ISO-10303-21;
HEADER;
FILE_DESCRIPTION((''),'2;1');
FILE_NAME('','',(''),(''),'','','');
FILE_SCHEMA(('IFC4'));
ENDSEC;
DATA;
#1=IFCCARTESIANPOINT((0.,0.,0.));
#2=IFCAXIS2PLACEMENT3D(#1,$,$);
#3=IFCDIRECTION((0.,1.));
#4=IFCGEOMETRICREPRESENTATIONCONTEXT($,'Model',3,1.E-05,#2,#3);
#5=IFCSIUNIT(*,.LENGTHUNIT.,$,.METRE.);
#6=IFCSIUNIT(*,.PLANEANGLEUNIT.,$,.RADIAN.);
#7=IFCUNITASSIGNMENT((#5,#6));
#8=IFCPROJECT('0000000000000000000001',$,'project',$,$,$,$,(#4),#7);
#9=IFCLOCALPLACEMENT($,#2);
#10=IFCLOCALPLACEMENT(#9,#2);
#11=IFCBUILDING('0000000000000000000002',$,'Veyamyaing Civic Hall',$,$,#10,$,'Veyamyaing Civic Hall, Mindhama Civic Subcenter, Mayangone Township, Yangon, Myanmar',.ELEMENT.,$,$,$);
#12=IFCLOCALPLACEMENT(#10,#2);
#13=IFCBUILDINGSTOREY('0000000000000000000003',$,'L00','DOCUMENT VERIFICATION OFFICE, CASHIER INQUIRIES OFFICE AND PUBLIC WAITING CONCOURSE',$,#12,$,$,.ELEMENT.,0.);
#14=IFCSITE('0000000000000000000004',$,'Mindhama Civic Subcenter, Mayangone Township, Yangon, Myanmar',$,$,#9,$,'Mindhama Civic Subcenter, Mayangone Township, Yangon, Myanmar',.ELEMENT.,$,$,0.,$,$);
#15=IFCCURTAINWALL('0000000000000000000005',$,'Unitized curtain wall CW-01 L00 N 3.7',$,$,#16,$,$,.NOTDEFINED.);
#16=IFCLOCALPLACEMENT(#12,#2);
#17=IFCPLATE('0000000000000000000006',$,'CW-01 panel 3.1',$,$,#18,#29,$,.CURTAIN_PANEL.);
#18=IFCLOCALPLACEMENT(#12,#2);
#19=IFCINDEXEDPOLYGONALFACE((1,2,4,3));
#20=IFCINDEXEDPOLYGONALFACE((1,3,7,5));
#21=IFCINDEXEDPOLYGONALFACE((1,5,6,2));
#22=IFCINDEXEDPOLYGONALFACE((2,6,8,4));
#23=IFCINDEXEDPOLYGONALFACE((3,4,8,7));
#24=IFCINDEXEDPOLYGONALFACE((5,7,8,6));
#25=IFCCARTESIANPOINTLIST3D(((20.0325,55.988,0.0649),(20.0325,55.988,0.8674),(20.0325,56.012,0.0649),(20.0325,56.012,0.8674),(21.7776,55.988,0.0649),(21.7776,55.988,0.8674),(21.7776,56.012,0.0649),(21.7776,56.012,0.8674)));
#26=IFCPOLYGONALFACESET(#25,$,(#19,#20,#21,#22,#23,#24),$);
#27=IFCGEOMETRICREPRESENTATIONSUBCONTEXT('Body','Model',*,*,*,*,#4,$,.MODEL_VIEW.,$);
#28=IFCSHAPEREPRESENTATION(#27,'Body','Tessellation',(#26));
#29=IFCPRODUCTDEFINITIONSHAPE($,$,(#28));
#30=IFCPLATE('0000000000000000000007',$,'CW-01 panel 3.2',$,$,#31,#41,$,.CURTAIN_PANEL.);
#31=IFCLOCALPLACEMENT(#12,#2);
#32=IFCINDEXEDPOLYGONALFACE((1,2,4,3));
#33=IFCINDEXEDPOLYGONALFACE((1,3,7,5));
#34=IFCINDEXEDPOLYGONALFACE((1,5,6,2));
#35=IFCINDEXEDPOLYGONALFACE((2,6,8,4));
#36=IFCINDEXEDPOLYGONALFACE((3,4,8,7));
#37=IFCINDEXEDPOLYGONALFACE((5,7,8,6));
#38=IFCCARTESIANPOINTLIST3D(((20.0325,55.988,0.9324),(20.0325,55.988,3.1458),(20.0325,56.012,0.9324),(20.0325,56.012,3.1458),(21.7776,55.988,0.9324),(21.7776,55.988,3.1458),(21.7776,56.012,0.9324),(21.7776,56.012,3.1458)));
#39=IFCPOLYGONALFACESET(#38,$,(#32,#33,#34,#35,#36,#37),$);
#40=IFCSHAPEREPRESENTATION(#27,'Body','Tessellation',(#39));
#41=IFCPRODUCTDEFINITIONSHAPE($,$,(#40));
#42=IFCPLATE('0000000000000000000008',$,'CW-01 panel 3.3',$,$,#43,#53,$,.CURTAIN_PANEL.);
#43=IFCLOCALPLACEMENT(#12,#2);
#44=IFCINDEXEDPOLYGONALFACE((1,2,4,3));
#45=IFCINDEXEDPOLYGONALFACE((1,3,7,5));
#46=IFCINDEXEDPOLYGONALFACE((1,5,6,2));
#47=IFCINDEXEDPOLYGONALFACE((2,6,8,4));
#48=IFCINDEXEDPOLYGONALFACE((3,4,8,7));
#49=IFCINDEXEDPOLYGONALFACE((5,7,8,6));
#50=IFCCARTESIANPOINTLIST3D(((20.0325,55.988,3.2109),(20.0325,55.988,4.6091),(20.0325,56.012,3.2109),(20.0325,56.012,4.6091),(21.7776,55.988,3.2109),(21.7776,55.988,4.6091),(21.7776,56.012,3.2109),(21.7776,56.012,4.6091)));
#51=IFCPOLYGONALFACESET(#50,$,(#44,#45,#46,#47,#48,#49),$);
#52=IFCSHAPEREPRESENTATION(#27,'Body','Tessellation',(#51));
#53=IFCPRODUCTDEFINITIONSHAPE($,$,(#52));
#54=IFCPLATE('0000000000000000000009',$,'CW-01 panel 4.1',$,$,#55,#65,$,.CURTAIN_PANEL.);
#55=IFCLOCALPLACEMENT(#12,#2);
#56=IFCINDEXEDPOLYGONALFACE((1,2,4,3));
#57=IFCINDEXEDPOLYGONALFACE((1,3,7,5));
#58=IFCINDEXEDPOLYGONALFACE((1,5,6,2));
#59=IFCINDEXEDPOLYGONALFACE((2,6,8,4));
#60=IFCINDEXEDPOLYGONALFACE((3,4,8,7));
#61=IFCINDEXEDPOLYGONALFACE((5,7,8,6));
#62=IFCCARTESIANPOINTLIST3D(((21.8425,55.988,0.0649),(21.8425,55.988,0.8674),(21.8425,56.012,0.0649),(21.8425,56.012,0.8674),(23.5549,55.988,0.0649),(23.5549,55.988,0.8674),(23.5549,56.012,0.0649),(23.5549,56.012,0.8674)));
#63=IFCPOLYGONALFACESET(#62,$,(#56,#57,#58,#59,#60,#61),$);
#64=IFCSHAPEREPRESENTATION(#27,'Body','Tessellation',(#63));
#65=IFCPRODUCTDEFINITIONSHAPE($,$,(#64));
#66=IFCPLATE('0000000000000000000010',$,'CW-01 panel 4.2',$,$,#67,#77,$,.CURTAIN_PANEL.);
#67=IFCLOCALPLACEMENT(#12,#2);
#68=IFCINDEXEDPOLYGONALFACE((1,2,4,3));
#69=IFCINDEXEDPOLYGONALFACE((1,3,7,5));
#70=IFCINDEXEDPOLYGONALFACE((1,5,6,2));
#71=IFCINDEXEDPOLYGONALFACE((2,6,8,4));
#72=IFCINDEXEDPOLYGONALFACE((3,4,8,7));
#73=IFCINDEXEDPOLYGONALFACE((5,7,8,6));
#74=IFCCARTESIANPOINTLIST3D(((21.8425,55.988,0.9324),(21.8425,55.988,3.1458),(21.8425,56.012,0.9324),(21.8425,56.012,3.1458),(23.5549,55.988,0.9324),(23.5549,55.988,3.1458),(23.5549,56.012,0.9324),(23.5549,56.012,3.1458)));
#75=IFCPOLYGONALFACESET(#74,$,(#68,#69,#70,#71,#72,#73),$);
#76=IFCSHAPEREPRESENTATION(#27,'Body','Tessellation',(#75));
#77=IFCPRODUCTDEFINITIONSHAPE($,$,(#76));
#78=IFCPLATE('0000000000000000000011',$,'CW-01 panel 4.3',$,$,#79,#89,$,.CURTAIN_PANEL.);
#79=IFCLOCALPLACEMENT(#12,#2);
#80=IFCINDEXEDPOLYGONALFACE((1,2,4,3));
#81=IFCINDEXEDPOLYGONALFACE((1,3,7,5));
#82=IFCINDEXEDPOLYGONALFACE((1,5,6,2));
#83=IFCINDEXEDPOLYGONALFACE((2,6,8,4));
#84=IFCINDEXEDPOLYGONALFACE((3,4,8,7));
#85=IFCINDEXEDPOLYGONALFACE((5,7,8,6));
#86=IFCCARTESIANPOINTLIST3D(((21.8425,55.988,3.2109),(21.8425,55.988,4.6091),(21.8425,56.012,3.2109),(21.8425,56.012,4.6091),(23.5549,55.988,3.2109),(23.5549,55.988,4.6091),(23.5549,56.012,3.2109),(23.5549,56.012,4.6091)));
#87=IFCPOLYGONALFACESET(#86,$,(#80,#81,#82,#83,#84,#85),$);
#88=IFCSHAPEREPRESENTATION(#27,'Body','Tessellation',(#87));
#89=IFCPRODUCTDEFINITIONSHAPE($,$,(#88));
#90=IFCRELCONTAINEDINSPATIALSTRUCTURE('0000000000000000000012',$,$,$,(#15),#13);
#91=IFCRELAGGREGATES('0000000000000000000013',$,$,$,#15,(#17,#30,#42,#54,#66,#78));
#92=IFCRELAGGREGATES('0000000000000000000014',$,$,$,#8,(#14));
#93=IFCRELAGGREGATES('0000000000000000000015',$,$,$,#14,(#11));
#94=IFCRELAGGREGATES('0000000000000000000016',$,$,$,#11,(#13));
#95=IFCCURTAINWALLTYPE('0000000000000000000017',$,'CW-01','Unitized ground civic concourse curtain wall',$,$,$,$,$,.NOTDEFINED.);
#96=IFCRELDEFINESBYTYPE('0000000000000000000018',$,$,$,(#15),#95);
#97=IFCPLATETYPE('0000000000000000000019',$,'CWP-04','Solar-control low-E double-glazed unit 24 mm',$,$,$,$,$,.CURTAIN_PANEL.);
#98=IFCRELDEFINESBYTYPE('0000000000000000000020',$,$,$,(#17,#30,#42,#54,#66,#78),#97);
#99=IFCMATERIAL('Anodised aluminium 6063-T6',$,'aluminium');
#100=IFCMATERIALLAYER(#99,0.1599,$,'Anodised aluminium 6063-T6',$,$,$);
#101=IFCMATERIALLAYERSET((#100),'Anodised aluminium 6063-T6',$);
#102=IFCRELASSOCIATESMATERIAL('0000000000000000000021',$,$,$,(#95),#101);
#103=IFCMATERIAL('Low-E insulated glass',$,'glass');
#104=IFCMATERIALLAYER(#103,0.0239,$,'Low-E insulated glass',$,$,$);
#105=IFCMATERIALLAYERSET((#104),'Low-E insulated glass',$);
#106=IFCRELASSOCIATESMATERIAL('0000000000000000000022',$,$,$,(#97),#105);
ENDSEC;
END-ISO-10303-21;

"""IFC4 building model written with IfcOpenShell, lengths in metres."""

from ifc_helpers import new_model, si_unit, direction, frame, origin, origin_2d, place, context, subcontext, project, spatial, rectangle, extrude, material, layer, layer_set, type_object, element, aggregate, save


model = new_model("IFC4")

# Units and contexts
model_context = context("Model", 3, precision=1e-05, world=origin(), true_north=direction((0.0, 1.0)))
body_context = subcontext(model_context, "Body", "Model", "MODEL_VIEW")
ifc_project = project(units=[si_unit("LENGTHUNIT", "METRE"), si_unit("PLANEANGLEUNIT", "RADIAN")], contexts=[model_context])

# Site, building, storey
site_placement = place(None, origin())
site = spatial("IfcSite", under=ifc_project, at=site_placement, Name="Mindhama Civic Subcenter, Mayangone Township, Yangon, Myanmar", LongName="Mindhama Civic Subcenter, Mayangone Township, Yangon, Myanmar", CompositionType="ELEMENT", RefElevation=0.0)
building_placement = place(site_placement, origin())
building = spatial("IfcBuilding", under=site, at=building_placement, Name="Veyamyaing Civic Hall", LongName="Veyamyaing Civic Hall, Mindhama Civic Subcenter, Mayangone Township, Yangon, Myanmar", CompositionType="ELEMENT")
storey_placement = place(building_placement, origin())
storey = spatial("IfcBuildingStorey", under=building, at=storey_placement, Name="L00", Description="DOCUMENT VERIFICATION OFFICE, CASHIER INQUIRIES OFFICE AND PUBLIC WAITING CONCOURSE", CompositionType="ELEMENT", Elevation=0.0)

# Curtain wall, plates
ifc_material_1 = material(Name="Anodised aluminium 6063-T6", Category="aluminium")
ifc_layer_1 = layer(ifc_material_1, 0.1599, Name="Anodised aluminium 6063-T6")
ifc_layer_set_1 = layer_set([ifc_layer_1], Name="Anodised aluminium 6063-T6")
curtain_wall_type = type_object("IfcCurtainWallType", Name="CW-01", Description="Unitized ground civic concourse curtain wall", PredefinedType="NOTDEFINED", material=ifc_layer_set_1)
curtain_wall_placement = place(storey_placement, origin())
curtain_wall = element("IfcCurtainWall", 1, at=curtain_wall_placement, inside=storey, type_object=curtain_wall_type, Name="Unitized curtain wall CW-01 L00 N 3.7", PredefinedType="NOTDEFINED")
ifc_material_2 = material(Name="Low-E insulated glass", Category="glass")
ifc_layer_2 = layer(ifc_material_2, 0.0239, Name="Low-E insulated glass")
ifc_layer_set_2 = layer_set([ifc_layer_2], Name="Low-E insulated glass")
plate_type = type_object("IfcPlateType", Name="CWP-04", Description="Solar-control low-E double-glazed unit 24 mm", PredefinedType="CURTAIN_PANEL", material=ifc_layer_set_2)
plate_1_placement = place(storey_placement, frame((20.905, 56.0, 0.0649), z_axis=(0.0, 0.0, 1.0), x_axis=(1.0, 0.0, 0.0)))
plate_1 = element("IfcPlate", 2, at=plate_1_placement, type_object=plate_type, Name="CW-01 panel 3.1", PredefinedType="CURTAIN_PANEL", context=body_context, shape_type="SweptSolid", body=[
    extrude(rectangle(XDim=1.7451, YDim=0.0239, at=origin_2d()), origin(), (0.0, 0.0, 1.0), 0.8025),
])
plate_2_placement = place(storey_placement, frame((20.905, 56.0, 0.9324), z_axis=(0.0, 0.0, 1.0), x_axis=(1.0, 0.0, 0.0)))
plate_2 = element("IfcPlate", 3, at=plate_2_placement, type_object=plate_type, Name="CW-01 panel 3.2", PredefinedType="CURTAIN_PANEL", context=body_context, shape_type="SweptSolid", body=[
    extrude(rectangle(XDim=1.7451, YDim=0.0239, at=origin_2d()), origin(), (0.0, 0.0, 1.0), 2.2134),
])
plate_3_placement = place(storey_placement, frame((20.905, 56.0, 3.2109), z_axis=(0.0, 0.0, 1.0), x_axis=(1.0, 0.0, 0.0)))
plate_3 = element("IfcPlate", 4, at=plate_3_placement, type_object=plate_type, Name="CW-01 panel 3.3", PredefinedType="CURTAIN_PANEL", context=body_context, shape_type="SweptSolid", body=[
    extrude(rectangle(XDim=1.7451, YDim=0.0239, at=origin_2d()), origin(), (0.0, 0.0, 1.0), 1.3982),
])
plate_4_placement = place(storey_placement, frame((22.6987, 56.0, 0.0649), z_axis=(0.0, 0.0, 1.0), x_axis=(1.0, 0.0, 0.0)))
plate_4 = element("IfcPlate", 5, at=plate_4_placement, type_object=plate_type, Name="CW-01 panel 4.1", PredefinedType="CURTAIN_PANEL", context=body_context, shape_type="SweptSolid", body=[
    extrude(rectangle(XDim=1.7124, YDim=0.0239, at=origin_2d()), origin(), (0.0, 0.0, 1.0), 0.8025),
])
plate_5_placement = place(storey_placement, frame((22.6987, 56.0, 0.9324), z_axis=(0.0, 0.0, 1.0), x_axis=(1.0, 0.0, 0.0)))
plate_5 = element("IfcPlate", 6, at=plate_5_placement, type_object=plate_type, Name="CW-01 panel 4.2", PredefinedType="CURTAIN_PANEL", context=body_context, shape_type="SweptSolid", body=[
    extrude(rectangle(XDim=1.7124, YDim=0.0239, at=origin_2d()), origin(), (0.0, 0.0, 1.0), 2.2134),
])
plate_6_placement = place(storey_placement, frame((22.6987, 56.0, 3.2109), z_axis=(0.0, 0.0, 1.0), x_axis=(1.0, 0.0, 0.0)))
plate_6 = element("IfcPlate", 7, at=plate_6_placement, type_object=plate_type, Name="CW-01 panel 4.3", PredefinedType="CURTAIN_PANEL", context=body_context, shape_type="SweptSolid", body=[
    extrude(rectangle(XDim=1.7124, YDim=0.0239, at=origin_2d()), origin(), (0.0, 0.0, 1.0), 1.3982),
])
aggregate(curtain_wall, [plate_1, plate_2, plate_3, plate_4, plate_5, plate_6])

save(model, "model.ifc")
